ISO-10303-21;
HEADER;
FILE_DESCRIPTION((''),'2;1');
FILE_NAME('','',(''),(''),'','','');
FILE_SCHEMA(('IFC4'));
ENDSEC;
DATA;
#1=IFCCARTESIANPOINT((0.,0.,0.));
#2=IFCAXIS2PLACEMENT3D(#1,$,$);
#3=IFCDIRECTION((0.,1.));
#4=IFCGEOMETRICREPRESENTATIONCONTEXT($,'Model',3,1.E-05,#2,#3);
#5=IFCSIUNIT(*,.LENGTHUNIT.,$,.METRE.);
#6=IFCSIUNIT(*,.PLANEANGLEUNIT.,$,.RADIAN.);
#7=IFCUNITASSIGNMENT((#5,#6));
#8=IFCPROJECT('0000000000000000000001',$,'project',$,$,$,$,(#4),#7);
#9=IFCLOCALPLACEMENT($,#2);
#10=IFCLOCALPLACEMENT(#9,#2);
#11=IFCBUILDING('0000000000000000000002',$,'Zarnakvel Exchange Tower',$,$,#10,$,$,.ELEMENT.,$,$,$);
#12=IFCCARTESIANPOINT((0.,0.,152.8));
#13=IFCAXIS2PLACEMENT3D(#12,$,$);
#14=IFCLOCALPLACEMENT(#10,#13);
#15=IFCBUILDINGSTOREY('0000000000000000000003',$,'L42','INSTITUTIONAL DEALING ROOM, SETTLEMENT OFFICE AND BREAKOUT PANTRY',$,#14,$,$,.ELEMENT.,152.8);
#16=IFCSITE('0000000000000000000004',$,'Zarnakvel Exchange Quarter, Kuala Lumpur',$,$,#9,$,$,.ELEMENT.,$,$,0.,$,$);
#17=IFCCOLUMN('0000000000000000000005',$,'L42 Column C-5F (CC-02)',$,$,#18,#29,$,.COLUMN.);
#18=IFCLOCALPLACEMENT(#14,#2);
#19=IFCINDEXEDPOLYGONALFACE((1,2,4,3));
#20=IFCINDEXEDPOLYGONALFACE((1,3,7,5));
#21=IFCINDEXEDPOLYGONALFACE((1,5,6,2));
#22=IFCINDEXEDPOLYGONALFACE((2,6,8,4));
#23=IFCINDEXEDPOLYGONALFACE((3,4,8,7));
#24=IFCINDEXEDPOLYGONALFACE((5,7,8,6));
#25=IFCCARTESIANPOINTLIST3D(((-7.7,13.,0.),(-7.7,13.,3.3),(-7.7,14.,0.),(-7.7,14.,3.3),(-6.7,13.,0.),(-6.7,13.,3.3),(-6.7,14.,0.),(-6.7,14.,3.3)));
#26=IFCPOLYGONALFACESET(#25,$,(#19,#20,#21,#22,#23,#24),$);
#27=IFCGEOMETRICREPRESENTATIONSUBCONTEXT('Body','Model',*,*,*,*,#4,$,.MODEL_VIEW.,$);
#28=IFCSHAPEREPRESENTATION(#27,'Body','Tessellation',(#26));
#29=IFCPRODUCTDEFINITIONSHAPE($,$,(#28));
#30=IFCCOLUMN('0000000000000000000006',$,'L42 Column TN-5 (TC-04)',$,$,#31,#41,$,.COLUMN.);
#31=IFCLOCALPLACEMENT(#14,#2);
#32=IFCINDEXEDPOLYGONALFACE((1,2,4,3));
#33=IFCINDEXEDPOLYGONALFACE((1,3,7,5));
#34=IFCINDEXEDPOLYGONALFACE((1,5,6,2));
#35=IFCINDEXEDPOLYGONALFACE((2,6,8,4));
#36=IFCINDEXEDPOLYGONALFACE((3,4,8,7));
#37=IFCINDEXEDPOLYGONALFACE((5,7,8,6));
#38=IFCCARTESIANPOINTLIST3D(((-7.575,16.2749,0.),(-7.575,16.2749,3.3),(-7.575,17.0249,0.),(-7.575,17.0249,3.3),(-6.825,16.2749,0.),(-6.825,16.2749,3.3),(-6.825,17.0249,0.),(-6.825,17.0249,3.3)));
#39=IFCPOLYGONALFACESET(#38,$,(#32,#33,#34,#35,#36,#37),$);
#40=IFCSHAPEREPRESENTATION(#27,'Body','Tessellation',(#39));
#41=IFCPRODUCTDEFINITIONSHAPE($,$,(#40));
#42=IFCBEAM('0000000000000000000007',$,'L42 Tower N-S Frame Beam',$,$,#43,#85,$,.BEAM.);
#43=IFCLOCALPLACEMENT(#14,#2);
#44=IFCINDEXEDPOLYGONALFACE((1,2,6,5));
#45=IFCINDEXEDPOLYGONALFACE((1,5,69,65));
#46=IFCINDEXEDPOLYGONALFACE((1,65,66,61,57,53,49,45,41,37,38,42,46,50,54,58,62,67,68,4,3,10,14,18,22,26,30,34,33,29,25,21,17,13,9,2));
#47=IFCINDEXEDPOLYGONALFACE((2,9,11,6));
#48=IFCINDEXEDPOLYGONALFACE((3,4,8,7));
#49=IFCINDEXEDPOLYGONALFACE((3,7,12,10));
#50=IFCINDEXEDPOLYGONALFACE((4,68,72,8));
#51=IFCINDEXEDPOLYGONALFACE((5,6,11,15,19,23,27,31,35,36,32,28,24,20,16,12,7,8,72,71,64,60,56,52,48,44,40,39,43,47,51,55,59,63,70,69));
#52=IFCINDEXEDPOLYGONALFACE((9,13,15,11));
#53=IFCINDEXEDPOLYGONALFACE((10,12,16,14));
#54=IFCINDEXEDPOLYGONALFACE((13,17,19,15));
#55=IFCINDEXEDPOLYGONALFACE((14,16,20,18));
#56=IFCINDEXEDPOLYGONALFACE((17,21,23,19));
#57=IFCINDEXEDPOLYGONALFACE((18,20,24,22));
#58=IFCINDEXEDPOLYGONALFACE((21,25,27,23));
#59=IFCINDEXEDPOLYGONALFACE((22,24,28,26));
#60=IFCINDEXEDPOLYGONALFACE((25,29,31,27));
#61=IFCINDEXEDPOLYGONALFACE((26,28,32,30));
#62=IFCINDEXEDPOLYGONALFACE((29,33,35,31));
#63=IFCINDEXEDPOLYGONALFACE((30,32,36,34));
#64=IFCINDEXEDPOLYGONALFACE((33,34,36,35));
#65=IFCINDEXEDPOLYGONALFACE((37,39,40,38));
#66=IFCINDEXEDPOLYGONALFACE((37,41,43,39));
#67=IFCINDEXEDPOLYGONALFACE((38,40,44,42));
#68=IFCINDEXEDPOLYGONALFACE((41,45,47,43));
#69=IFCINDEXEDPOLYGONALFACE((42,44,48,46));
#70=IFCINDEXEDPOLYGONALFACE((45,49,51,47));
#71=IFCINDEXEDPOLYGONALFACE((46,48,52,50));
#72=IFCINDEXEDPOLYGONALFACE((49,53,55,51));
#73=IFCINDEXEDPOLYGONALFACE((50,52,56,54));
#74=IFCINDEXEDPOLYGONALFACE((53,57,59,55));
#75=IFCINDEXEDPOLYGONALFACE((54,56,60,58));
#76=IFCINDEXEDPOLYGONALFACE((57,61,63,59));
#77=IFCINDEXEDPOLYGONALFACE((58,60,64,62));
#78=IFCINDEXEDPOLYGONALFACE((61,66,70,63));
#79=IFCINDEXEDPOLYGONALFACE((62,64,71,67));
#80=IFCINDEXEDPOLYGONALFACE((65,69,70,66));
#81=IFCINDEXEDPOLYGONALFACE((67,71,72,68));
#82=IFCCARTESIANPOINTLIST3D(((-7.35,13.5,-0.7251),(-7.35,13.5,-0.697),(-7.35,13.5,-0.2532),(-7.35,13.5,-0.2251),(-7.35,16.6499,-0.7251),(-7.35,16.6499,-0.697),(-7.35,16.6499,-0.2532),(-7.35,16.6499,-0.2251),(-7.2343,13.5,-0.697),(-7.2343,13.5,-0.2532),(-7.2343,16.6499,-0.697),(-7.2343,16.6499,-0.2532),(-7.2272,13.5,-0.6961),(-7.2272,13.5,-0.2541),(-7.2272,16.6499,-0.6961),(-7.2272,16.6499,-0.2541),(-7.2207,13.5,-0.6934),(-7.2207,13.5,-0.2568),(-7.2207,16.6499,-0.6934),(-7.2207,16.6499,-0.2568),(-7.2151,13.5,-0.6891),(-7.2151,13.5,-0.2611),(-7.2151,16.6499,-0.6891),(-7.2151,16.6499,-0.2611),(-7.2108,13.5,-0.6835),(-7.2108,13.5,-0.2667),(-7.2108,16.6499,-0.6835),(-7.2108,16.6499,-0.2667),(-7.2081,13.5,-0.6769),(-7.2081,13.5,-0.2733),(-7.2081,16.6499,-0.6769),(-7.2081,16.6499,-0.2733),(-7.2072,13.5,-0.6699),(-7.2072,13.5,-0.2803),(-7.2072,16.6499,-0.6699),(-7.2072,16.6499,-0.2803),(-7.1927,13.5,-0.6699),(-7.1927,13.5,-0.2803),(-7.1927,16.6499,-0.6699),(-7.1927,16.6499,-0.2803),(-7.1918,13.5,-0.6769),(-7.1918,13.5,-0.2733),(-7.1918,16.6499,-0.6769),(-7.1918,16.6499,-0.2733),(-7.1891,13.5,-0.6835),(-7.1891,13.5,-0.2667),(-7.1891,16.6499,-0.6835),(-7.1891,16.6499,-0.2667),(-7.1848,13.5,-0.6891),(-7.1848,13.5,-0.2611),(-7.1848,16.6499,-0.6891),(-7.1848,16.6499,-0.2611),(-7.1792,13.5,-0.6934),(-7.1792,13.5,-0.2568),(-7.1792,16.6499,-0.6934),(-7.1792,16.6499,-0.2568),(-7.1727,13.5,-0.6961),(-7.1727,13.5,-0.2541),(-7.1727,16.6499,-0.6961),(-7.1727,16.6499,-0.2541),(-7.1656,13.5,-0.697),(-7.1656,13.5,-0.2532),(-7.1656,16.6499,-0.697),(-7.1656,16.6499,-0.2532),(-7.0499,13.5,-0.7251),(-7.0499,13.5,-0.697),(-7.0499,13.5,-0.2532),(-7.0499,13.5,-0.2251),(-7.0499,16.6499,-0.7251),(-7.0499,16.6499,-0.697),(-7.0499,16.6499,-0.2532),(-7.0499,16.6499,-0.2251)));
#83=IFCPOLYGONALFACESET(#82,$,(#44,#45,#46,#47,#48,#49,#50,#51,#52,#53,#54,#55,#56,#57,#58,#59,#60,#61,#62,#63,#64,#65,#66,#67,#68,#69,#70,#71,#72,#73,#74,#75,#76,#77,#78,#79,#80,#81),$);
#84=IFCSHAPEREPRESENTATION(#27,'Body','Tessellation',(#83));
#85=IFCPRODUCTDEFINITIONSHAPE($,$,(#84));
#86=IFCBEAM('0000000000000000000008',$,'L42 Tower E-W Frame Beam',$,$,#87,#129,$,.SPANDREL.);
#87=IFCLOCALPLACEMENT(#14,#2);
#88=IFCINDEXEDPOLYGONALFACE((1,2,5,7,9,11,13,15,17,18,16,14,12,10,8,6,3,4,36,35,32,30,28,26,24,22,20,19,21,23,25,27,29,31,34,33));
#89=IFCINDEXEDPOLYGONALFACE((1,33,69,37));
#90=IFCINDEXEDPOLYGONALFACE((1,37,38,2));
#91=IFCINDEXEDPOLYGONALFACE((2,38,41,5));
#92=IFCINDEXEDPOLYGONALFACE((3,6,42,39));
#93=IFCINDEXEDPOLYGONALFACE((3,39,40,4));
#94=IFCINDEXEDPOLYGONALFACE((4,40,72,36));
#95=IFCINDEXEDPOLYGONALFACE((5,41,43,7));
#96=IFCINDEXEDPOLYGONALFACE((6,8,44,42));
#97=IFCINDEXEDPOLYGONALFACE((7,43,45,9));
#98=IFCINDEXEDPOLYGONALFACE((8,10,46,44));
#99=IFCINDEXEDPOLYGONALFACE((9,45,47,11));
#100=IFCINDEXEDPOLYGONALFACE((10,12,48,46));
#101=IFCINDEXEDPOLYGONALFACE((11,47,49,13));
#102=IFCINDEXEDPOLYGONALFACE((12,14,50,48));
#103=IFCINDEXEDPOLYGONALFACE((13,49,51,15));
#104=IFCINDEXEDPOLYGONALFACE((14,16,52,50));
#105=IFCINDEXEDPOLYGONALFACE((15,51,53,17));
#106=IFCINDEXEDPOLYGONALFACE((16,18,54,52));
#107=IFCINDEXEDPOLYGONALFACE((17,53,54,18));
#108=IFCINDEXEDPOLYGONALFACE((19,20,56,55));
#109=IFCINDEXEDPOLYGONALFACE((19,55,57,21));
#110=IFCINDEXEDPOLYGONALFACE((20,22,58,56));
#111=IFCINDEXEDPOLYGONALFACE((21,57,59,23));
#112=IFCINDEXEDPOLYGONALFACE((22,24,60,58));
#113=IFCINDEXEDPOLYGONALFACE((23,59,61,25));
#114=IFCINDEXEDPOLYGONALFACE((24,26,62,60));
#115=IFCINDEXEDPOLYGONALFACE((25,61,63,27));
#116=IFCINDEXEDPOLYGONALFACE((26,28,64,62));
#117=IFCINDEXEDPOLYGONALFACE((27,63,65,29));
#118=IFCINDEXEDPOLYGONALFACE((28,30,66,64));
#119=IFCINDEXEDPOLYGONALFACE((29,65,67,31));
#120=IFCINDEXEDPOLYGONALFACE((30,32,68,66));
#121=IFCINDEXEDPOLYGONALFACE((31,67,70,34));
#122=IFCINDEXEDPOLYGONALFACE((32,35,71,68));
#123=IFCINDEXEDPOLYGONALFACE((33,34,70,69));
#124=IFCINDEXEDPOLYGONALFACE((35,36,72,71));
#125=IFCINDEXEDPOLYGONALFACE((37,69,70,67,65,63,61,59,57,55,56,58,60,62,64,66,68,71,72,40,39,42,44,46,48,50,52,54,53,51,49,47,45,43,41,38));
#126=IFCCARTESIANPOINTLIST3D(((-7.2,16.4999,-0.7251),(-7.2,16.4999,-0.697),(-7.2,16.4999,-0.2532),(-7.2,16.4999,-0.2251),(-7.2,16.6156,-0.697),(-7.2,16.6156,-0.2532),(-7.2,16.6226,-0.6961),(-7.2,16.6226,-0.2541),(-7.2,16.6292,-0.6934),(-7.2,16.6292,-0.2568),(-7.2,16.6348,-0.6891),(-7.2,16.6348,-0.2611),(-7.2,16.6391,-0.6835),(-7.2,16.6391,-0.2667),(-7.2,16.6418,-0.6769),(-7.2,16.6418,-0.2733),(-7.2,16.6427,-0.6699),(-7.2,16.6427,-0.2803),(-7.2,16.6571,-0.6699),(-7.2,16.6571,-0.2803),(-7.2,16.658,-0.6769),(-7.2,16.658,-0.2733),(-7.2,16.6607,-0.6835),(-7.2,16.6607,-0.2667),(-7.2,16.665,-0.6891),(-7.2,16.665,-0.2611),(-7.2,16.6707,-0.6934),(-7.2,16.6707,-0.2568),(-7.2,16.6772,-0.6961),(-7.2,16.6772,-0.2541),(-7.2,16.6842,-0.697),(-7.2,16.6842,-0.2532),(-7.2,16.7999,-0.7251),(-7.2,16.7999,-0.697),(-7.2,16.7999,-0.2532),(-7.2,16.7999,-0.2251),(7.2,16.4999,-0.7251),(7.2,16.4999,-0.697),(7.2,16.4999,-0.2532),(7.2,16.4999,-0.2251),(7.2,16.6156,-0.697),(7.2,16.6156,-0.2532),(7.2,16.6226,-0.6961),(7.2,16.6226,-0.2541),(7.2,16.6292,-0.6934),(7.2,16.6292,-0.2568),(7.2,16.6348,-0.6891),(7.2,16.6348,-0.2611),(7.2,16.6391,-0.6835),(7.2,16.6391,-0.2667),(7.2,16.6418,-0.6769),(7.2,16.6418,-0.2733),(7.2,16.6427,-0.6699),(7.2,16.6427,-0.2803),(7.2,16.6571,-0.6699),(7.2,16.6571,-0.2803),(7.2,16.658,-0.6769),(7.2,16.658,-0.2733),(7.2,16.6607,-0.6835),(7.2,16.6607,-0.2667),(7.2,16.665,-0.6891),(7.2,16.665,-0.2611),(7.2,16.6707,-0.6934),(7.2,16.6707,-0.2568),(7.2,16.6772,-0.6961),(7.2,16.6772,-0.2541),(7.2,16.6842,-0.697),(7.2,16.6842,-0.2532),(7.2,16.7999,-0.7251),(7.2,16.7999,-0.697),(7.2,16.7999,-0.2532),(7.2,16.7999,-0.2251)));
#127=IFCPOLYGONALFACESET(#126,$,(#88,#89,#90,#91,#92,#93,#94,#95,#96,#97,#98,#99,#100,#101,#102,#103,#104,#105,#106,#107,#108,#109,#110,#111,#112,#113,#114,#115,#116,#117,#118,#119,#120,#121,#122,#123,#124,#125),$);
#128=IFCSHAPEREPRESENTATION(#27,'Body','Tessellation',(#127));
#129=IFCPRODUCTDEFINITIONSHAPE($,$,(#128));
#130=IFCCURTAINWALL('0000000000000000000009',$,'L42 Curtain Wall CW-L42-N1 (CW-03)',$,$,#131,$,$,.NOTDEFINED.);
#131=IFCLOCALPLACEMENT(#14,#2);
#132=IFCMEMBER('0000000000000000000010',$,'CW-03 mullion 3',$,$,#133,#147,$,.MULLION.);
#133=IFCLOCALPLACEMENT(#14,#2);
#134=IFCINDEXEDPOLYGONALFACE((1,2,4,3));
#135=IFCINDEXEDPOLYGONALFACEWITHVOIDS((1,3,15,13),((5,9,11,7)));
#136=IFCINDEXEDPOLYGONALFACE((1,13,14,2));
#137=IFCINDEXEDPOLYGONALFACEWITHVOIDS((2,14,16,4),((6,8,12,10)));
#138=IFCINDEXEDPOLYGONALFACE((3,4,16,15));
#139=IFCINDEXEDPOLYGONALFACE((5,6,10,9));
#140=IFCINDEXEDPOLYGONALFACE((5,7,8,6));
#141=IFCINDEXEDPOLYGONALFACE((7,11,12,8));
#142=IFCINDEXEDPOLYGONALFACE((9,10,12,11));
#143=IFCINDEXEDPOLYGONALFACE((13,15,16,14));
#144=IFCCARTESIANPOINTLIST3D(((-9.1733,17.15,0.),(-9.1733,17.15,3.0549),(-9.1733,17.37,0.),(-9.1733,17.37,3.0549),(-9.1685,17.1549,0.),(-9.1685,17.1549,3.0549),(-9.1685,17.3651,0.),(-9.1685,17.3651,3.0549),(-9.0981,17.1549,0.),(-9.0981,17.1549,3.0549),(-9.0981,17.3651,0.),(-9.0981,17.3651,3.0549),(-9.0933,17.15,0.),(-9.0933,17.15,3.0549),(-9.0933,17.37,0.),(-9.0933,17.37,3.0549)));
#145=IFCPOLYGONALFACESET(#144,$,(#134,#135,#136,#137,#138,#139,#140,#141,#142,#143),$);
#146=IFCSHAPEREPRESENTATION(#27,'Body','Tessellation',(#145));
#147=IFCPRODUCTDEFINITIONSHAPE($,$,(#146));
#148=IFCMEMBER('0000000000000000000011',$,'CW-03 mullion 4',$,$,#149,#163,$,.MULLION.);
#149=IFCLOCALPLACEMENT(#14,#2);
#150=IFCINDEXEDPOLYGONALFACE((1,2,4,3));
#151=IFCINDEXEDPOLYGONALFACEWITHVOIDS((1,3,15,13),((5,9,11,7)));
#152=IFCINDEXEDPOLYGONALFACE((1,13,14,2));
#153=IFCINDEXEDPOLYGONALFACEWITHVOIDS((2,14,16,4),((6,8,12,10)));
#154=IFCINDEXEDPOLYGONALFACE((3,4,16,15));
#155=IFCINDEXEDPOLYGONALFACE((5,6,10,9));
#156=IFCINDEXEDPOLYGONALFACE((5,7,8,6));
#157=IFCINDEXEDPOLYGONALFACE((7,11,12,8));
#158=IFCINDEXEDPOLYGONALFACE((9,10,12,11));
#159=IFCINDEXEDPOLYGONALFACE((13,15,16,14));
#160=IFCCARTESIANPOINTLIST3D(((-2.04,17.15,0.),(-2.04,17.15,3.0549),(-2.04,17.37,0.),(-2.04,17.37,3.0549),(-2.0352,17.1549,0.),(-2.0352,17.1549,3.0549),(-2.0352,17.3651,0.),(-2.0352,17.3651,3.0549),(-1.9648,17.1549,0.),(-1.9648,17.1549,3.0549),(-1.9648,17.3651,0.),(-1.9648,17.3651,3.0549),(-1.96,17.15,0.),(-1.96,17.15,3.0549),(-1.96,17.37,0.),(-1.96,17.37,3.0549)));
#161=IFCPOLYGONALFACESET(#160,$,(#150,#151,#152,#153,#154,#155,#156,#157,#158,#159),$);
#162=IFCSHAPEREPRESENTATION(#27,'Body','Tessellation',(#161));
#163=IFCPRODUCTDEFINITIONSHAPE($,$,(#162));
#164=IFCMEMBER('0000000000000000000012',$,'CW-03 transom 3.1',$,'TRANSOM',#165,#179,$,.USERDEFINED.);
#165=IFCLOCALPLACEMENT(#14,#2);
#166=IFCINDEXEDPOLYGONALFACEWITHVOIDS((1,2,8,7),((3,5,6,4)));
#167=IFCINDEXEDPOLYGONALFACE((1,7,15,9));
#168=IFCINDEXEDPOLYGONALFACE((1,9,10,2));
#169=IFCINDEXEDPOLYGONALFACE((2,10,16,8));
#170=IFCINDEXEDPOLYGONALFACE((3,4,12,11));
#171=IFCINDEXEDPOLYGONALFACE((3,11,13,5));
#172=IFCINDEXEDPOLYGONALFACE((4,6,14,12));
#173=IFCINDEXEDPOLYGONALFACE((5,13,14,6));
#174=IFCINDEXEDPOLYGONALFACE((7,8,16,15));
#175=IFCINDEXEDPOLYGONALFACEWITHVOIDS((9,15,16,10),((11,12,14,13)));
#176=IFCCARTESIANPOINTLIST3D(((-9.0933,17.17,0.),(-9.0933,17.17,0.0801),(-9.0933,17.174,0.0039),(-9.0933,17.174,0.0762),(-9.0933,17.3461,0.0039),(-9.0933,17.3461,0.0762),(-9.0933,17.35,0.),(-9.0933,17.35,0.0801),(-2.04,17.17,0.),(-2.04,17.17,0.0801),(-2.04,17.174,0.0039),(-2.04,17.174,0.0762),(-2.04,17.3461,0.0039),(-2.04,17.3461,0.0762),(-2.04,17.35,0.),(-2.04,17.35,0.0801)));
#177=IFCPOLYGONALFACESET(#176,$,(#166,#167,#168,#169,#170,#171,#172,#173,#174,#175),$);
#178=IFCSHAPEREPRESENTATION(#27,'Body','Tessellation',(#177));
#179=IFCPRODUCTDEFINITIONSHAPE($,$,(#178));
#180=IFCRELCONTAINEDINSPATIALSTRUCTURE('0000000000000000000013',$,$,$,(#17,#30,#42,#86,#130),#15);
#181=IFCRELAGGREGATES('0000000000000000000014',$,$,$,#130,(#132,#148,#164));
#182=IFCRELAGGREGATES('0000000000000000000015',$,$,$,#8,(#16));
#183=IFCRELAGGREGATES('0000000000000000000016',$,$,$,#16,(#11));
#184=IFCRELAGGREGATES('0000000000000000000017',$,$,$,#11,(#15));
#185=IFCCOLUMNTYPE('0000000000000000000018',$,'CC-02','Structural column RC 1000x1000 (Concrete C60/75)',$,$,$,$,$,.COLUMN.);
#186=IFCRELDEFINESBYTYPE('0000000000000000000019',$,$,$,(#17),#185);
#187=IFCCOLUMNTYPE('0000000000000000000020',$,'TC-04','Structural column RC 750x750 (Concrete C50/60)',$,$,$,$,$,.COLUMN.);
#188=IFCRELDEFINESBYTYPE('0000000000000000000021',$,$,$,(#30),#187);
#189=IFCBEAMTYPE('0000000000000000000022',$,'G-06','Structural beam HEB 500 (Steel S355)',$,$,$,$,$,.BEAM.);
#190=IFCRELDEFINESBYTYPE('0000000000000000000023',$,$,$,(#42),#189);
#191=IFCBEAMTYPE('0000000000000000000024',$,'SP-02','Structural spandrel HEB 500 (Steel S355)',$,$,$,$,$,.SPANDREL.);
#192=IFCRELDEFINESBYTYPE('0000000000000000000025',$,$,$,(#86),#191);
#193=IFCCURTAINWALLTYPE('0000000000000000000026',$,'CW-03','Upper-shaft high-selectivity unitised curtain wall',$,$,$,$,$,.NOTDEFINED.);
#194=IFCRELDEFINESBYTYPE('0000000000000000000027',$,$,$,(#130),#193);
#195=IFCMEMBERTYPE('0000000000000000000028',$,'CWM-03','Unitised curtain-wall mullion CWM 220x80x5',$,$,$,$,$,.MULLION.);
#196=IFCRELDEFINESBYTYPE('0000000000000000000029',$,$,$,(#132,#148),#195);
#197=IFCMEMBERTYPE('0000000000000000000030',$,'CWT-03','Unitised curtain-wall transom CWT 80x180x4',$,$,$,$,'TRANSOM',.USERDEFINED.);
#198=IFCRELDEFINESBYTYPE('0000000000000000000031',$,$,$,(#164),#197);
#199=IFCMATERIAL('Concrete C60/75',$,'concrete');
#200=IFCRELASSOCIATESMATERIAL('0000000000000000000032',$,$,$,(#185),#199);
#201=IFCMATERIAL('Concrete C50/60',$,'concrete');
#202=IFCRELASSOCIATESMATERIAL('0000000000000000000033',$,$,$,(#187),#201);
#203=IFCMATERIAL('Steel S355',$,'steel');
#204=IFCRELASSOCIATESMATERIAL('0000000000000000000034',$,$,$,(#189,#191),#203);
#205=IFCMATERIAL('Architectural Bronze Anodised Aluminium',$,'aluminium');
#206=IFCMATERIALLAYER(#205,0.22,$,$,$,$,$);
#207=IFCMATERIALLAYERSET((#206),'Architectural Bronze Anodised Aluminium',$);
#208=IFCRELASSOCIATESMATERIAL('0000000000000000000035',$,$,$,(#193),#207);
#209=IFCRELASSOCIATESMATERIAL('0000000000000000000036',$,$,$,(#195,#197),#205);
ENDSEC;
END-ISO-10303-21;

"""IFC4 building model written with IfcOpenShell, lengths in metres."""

from ifc_helpers import new_model, si_unit, direction, frame, origin, origin_2d, place, context, subcontext, project, spatial, rectangle, hollow_rectangle, i_section, extrude, source, transform, mapped, material, layer, layer_set, material_profile, profile_set, type_object, element, aggregate, save


model = new_model("IFC4")

# Units and contexts
model_context = context("Model", 3, precision=1e-05, world=origin(), true_north=direction((0.0, 1.0)))
body_context = subcontext(model_context, "Body", "Model", "MODEL_VIEW")
ifc_project = project(units=[si_unit("LENGTHUNIT", "METRE"), si_unit("PLANEANGLEUNIT", "RADIAN")], contexts=[model_context])

# Site, building, storey
site_placement = place(None, origin())
site = spatial("IfcSite", under=ifc_project, at=site_placement, Name="Zarnakvel Exchange Quarter, Kuala Lumpur", CompositionType="ELEMENT", RefElevation=0.0)
building_placement = place(site_placement, origin())
building = spatial("IfcBuilding", under=site, at=building_placement, Name="Zarnakvel Exchange Tower", CompositionType="ELEMENT")
storey_placement = place(building_placement, frame((0.0, 0.0, 152.8)))
storey = spatial("IfcBuildingStorey", under=building, at=storey_placement, Name="L42", Description="INSTITUTIONAL DEALING ROOM, SETTLEMENT OFFICE AND BREAKOUT PANTRY", CompositionType="ELEMENT", Elevation=152.8)

# Columns
ifc_material_1 = material(Name="Concrete C60/75", Category="concrete")
ifc_material_profile_1 = material_profile(ifc_material_1, rectangle(XDim=1.0, YDim=1.0, at=origin_2d()))
ifc_profile_set_1 = profile_set([ifc_material_profile_1], Name="Concrete C60/75")
column_type_1 = type_object("IfcColumnType", Name="CC-02", Description="Structural column RC 1000x1000 (Concrete C60/75)", PredefinedType="COLUMN", material=ifc_profile_set_1)
column_1_placement = place(storey_placement, frame((-7.2, 13.5, 0.0), z_axis=(0.0, 0.0, 1.0), x_axis=(1.0, 0.0, 0.0)))
element("IfcColumn", 1, at=column_1_placement, inside=storey, type_object=column_type_1, Name="L42 Column C-5F (CC-02)", PredefinedType="COLUMN", context=body_context, shape_type="SweptSolid", body=[
    extrude(rectangle(XDim=1.0, YDim=1.0, at=origin_2d()), origin(), (0.0, 0.0, 1.0), 3.3),
])
ifc_material_2 = material(Name="Concrete C50/60", Category="concrete")
ifc_material_profile_2 = material_profile(ifc_material_2, rectangle(XDim=0.75, YDim=0.75, at=origin_2d()))
ifc_profile_set_2 = profile_set([ifc_material_profile_2], Name="Concrete C50/60")
column_type_2 = type_object("IfcColumnType", Name="TC-04", Description="Structural column RC 750x750 (Concrete C50/60)", PredefinedType="COLUMN", material=ifc_profile_set_2)
column_2_placement = place(storey_placement, frame((-7.2, 16.6499, 0.0), z_axis=(0.0, 0.0, 1.0), x_axis=(1.0, 0.0, 0.0)))
element("IfcColumn", 2, at=column_2_placement, inside=storey, type_object=column_type_2, Name="L42 Column TN-5 (TC-04)", PredefinedType="COLUMN", context=body_context, shape_type="SweptSolid", body=[
    extrude(rectangle(XDim=0.75, YDim=0.75, at=origin_2d()), origin(), (0.0, 0.0, 1.0), 3.3),
])

# Beams
ifc_material_3 = material(Name="Steel S355", Category="steel")
ifc_material_profile_3 = material_profile(ifc_material_3, i_section(OverallWidth=0.3, OverallDepth=0.5, WebThickness=0.0144, FlangeThickness=0.0281, FilletRadius=0.0271, at=origin_2d()))
ifc_profile_set_3 = profile_set([ifc_material_profile_3], Name="Steel S355")
beam_type_1 = type_object("IfcBeamType", Name="G-06", Description="Structural beam HEB 500 (Steel S355)", PredefinedType="BEAM", material=ifc_profile_set_3)
beam_1_placement = place(storey_placement, frame((-7.2, 13.5, -0.4751), z_axis=(0.0, 1.0, 0.0), x_axis=(-1.0, 0.0, 0.0)))
element("IfcBeam", 3, at=beam_1_placement, inside=storey, type_object=beam_type_1, Name="L42 Tower N-S Frame Beam", PredefinedType="BEAM", context=body_context, shape_type="SweptSolid", body=[
    extrude(i_section(OverallWidth=0.3, OverallDepth=0.5, WebThickness=0.0144, FlangeThickness=0.0281, FilletRadius=0.0271, at=origin_2d()), origin(), (0.0, 0.0, 1.0), 3.1499),
])
ifc_material_profile_4 = material_profile(ifc_material_3, i_section(OverallWidth=0.3, OverallDepth=0.5, WebThickness=0.0144, FlangeThickness=0.0281, FilletRadius=0.0271, at=origin_2d()))
ifc_profile_set_4 = profile_set([ifc_material_profile_4], Name="Steel S355")
beam_type_2 = type_object("IfcBeamType", Name="SP-02", Description="Structural spandrel HEB 500 (Steel S355)", PredefinedType="SPANDREL", material=ifc_profile_set_4)
beam_2_placement = place(storey_placement, frame((-7.2, 16.6499, -0.4751), z_axis=(1.0, 0.0, 0.0), x_axis=(0.0, 1.0, 0.0)))
element("IfcBeam", 4, at=beam_2_placement, inside=storey, type_object=beam_type_2, Name="L42 Tower E-W Frame Beam", PredefinedType="SPANDREL", context=body_context, shape_type="SweptSolid", body=[
    extrude(i_section(OverallWidth=0.3, OverallDepth=0.5, WebThickness=0.0144, FlangeThickness=0.0281, FilletRadius=0.0271, at=origin_2d()), origin(), (0.0, 0.0, 1.0), 14.3999),
])

# Curtain wall, members
ifc_material_4 = material(Name="Architectural Bronze Anodised Aluminium", Category="aluminium")
ifc_layer_1 = layer(ifc_material_4, 0.22)
ifc_layer_set_1 = layer_set([ifc_layer_1], Name="Architectural Bronze Anodised Aluminium")
curtain_wall_type = type_object("IfcCurtainWallType", Name="CW-03", Description="Upper-shaft high-selectivity unitised curtain wall", PredefinedType="NOTDEFINED", material=ifc_layer_set_1)
curtain_wall_placement = place(storey_placement, origin())
curtain_wall = element("IfcCurtainWall", 5, at=curtain_wall_placement, inside=storey, type_object=curtain_wall_type, Name="L42 Curtain Wall CW-L42-N1 (CW-03)", PredefinedType="NOTDEFINED")
ifc_material_profile_5 = material_profile(ifc_material_4, hollow_rectangle(XDim=0.22, YDim=0.0801, WallThickness=0.0049, at=origin_2d()))
ifc_profile_set_5 = profile_set([ifc_material_profile_5], Name="Architectural Bronze Anodised Aluminium")
member_type_1 = type_object("IfcMemberType", Name="CWM-03", Description="Unitised curtain-wall mullion CWM 220x80x5", PredefinedType="MULLION", material=ifc_profile_set_5)
shared_shape_1 = source(origin(), body_context, "Body", "SweptSolid", [
    extrude(hollow_rectangle(XDim=0.22, YDim=0.0801, WallThickness=0.0049, at=origin_2d()), origin(), (0.0, 0.0, 1.0), 3.0549),
])
member_1_placement = place(storey_placement, frame((-9.1333, 17.26, 0.0), z_axis=(0.0, 0.0, 1.0), x_axis=(0.0, 1.0, 0.0)))
member_1 = element("IfcMember", 6, at=member_1_placement, type_object=member_type_1, Name="CW-03 mullion 3", PredefinedType="MULLION", context=body_context, shape_type="MappedRepresentation", body=[
    mapped(shared_shape_1, transform((0.0, 0.0, 0.0), x_axis=(1.0, 0.0, 0.0), y_axis=(0.0, 1.0, 0.0), z_axis=(0.0, 0.0, 1.0), scale=1.0)),
])
member_2_placement = place(storey_placement, frame((-2.0, 17.26, 0.0), z_axis=(0.0, 0.0, 1.0), x_axis=(0.0, 1.0, 0.0)))
member_2 = element("IfcMember", 7, at=member_2_placement, type_object=member_type_1, Name="CW-03 mullion 4", PredefinedType="MULLION", context=body_context, shape_type="MappedRepresentation", body=[
    mapped(shared_shape_1, transform((0.0, 0.0, 0.0), x_axis=(1.0, 0.0, 0.0), y_axis=(0.0, 1.0, 0.0), z_axis=(0.0, 0.0, 1.0), scale=1.0)),
])
ifc_material_profile_6 = material_profile(ifc_material_4, hollow_rectangle(XDim=0.1799, YDim=0.0801, WallThickness=0.0039, at=origin_2d()))
ifc_profile_set_6 = profile_set([ifc_material_profile_6], Name="Architectural Bronze Anodised Aluminium")
member_type_2 = type_object("IfcMemberType", Name="CWT-03", Description="Unitised curtain-wall transom CWT 80x180x4", ElementType="TRANSOM", PredefinedType="USERDEFINED", material=ifc_profile_set_6)
shared_shape_2 = source(origin(), body_context, "Body", "SweptSolid", [
    extrude(hollow_rectangle(XDim=0.1799, YDim=0.0801, WallThickness=0.0039, at=origin_2d()), origin(), (0.0, 0.0, 1.0), 7.0532),
])
member_3_placement = place(storey_placement, frame((-9.0933, 17.26, 0.04), z_axis=(1.0, 0.0, 0.0), x_axis=(0.0, 1.0, 0.0)))
member_3 = element("IfcMember", 8, at=member_3_placement, type_object=member_type_2, Name="CW-03 transom 3.1", ObjectType="TRANSOM", PredefinedType="USERDEFINED", context=body_context, shape_type="MappedRepresentation", body=[
    mapped(shared_shape_2, transform((0.0, 0.0, 0.0), x_axis=(1.0, 0.0, 0.0), y_axis=(0.0, 1.0, 0.0), z_axis=(0.0, 0.0, 1.0), scale=1.0)),
])
aggregate(curtain_wall, [member_1, member_2, member_3])

save(model, "model.ifc")
